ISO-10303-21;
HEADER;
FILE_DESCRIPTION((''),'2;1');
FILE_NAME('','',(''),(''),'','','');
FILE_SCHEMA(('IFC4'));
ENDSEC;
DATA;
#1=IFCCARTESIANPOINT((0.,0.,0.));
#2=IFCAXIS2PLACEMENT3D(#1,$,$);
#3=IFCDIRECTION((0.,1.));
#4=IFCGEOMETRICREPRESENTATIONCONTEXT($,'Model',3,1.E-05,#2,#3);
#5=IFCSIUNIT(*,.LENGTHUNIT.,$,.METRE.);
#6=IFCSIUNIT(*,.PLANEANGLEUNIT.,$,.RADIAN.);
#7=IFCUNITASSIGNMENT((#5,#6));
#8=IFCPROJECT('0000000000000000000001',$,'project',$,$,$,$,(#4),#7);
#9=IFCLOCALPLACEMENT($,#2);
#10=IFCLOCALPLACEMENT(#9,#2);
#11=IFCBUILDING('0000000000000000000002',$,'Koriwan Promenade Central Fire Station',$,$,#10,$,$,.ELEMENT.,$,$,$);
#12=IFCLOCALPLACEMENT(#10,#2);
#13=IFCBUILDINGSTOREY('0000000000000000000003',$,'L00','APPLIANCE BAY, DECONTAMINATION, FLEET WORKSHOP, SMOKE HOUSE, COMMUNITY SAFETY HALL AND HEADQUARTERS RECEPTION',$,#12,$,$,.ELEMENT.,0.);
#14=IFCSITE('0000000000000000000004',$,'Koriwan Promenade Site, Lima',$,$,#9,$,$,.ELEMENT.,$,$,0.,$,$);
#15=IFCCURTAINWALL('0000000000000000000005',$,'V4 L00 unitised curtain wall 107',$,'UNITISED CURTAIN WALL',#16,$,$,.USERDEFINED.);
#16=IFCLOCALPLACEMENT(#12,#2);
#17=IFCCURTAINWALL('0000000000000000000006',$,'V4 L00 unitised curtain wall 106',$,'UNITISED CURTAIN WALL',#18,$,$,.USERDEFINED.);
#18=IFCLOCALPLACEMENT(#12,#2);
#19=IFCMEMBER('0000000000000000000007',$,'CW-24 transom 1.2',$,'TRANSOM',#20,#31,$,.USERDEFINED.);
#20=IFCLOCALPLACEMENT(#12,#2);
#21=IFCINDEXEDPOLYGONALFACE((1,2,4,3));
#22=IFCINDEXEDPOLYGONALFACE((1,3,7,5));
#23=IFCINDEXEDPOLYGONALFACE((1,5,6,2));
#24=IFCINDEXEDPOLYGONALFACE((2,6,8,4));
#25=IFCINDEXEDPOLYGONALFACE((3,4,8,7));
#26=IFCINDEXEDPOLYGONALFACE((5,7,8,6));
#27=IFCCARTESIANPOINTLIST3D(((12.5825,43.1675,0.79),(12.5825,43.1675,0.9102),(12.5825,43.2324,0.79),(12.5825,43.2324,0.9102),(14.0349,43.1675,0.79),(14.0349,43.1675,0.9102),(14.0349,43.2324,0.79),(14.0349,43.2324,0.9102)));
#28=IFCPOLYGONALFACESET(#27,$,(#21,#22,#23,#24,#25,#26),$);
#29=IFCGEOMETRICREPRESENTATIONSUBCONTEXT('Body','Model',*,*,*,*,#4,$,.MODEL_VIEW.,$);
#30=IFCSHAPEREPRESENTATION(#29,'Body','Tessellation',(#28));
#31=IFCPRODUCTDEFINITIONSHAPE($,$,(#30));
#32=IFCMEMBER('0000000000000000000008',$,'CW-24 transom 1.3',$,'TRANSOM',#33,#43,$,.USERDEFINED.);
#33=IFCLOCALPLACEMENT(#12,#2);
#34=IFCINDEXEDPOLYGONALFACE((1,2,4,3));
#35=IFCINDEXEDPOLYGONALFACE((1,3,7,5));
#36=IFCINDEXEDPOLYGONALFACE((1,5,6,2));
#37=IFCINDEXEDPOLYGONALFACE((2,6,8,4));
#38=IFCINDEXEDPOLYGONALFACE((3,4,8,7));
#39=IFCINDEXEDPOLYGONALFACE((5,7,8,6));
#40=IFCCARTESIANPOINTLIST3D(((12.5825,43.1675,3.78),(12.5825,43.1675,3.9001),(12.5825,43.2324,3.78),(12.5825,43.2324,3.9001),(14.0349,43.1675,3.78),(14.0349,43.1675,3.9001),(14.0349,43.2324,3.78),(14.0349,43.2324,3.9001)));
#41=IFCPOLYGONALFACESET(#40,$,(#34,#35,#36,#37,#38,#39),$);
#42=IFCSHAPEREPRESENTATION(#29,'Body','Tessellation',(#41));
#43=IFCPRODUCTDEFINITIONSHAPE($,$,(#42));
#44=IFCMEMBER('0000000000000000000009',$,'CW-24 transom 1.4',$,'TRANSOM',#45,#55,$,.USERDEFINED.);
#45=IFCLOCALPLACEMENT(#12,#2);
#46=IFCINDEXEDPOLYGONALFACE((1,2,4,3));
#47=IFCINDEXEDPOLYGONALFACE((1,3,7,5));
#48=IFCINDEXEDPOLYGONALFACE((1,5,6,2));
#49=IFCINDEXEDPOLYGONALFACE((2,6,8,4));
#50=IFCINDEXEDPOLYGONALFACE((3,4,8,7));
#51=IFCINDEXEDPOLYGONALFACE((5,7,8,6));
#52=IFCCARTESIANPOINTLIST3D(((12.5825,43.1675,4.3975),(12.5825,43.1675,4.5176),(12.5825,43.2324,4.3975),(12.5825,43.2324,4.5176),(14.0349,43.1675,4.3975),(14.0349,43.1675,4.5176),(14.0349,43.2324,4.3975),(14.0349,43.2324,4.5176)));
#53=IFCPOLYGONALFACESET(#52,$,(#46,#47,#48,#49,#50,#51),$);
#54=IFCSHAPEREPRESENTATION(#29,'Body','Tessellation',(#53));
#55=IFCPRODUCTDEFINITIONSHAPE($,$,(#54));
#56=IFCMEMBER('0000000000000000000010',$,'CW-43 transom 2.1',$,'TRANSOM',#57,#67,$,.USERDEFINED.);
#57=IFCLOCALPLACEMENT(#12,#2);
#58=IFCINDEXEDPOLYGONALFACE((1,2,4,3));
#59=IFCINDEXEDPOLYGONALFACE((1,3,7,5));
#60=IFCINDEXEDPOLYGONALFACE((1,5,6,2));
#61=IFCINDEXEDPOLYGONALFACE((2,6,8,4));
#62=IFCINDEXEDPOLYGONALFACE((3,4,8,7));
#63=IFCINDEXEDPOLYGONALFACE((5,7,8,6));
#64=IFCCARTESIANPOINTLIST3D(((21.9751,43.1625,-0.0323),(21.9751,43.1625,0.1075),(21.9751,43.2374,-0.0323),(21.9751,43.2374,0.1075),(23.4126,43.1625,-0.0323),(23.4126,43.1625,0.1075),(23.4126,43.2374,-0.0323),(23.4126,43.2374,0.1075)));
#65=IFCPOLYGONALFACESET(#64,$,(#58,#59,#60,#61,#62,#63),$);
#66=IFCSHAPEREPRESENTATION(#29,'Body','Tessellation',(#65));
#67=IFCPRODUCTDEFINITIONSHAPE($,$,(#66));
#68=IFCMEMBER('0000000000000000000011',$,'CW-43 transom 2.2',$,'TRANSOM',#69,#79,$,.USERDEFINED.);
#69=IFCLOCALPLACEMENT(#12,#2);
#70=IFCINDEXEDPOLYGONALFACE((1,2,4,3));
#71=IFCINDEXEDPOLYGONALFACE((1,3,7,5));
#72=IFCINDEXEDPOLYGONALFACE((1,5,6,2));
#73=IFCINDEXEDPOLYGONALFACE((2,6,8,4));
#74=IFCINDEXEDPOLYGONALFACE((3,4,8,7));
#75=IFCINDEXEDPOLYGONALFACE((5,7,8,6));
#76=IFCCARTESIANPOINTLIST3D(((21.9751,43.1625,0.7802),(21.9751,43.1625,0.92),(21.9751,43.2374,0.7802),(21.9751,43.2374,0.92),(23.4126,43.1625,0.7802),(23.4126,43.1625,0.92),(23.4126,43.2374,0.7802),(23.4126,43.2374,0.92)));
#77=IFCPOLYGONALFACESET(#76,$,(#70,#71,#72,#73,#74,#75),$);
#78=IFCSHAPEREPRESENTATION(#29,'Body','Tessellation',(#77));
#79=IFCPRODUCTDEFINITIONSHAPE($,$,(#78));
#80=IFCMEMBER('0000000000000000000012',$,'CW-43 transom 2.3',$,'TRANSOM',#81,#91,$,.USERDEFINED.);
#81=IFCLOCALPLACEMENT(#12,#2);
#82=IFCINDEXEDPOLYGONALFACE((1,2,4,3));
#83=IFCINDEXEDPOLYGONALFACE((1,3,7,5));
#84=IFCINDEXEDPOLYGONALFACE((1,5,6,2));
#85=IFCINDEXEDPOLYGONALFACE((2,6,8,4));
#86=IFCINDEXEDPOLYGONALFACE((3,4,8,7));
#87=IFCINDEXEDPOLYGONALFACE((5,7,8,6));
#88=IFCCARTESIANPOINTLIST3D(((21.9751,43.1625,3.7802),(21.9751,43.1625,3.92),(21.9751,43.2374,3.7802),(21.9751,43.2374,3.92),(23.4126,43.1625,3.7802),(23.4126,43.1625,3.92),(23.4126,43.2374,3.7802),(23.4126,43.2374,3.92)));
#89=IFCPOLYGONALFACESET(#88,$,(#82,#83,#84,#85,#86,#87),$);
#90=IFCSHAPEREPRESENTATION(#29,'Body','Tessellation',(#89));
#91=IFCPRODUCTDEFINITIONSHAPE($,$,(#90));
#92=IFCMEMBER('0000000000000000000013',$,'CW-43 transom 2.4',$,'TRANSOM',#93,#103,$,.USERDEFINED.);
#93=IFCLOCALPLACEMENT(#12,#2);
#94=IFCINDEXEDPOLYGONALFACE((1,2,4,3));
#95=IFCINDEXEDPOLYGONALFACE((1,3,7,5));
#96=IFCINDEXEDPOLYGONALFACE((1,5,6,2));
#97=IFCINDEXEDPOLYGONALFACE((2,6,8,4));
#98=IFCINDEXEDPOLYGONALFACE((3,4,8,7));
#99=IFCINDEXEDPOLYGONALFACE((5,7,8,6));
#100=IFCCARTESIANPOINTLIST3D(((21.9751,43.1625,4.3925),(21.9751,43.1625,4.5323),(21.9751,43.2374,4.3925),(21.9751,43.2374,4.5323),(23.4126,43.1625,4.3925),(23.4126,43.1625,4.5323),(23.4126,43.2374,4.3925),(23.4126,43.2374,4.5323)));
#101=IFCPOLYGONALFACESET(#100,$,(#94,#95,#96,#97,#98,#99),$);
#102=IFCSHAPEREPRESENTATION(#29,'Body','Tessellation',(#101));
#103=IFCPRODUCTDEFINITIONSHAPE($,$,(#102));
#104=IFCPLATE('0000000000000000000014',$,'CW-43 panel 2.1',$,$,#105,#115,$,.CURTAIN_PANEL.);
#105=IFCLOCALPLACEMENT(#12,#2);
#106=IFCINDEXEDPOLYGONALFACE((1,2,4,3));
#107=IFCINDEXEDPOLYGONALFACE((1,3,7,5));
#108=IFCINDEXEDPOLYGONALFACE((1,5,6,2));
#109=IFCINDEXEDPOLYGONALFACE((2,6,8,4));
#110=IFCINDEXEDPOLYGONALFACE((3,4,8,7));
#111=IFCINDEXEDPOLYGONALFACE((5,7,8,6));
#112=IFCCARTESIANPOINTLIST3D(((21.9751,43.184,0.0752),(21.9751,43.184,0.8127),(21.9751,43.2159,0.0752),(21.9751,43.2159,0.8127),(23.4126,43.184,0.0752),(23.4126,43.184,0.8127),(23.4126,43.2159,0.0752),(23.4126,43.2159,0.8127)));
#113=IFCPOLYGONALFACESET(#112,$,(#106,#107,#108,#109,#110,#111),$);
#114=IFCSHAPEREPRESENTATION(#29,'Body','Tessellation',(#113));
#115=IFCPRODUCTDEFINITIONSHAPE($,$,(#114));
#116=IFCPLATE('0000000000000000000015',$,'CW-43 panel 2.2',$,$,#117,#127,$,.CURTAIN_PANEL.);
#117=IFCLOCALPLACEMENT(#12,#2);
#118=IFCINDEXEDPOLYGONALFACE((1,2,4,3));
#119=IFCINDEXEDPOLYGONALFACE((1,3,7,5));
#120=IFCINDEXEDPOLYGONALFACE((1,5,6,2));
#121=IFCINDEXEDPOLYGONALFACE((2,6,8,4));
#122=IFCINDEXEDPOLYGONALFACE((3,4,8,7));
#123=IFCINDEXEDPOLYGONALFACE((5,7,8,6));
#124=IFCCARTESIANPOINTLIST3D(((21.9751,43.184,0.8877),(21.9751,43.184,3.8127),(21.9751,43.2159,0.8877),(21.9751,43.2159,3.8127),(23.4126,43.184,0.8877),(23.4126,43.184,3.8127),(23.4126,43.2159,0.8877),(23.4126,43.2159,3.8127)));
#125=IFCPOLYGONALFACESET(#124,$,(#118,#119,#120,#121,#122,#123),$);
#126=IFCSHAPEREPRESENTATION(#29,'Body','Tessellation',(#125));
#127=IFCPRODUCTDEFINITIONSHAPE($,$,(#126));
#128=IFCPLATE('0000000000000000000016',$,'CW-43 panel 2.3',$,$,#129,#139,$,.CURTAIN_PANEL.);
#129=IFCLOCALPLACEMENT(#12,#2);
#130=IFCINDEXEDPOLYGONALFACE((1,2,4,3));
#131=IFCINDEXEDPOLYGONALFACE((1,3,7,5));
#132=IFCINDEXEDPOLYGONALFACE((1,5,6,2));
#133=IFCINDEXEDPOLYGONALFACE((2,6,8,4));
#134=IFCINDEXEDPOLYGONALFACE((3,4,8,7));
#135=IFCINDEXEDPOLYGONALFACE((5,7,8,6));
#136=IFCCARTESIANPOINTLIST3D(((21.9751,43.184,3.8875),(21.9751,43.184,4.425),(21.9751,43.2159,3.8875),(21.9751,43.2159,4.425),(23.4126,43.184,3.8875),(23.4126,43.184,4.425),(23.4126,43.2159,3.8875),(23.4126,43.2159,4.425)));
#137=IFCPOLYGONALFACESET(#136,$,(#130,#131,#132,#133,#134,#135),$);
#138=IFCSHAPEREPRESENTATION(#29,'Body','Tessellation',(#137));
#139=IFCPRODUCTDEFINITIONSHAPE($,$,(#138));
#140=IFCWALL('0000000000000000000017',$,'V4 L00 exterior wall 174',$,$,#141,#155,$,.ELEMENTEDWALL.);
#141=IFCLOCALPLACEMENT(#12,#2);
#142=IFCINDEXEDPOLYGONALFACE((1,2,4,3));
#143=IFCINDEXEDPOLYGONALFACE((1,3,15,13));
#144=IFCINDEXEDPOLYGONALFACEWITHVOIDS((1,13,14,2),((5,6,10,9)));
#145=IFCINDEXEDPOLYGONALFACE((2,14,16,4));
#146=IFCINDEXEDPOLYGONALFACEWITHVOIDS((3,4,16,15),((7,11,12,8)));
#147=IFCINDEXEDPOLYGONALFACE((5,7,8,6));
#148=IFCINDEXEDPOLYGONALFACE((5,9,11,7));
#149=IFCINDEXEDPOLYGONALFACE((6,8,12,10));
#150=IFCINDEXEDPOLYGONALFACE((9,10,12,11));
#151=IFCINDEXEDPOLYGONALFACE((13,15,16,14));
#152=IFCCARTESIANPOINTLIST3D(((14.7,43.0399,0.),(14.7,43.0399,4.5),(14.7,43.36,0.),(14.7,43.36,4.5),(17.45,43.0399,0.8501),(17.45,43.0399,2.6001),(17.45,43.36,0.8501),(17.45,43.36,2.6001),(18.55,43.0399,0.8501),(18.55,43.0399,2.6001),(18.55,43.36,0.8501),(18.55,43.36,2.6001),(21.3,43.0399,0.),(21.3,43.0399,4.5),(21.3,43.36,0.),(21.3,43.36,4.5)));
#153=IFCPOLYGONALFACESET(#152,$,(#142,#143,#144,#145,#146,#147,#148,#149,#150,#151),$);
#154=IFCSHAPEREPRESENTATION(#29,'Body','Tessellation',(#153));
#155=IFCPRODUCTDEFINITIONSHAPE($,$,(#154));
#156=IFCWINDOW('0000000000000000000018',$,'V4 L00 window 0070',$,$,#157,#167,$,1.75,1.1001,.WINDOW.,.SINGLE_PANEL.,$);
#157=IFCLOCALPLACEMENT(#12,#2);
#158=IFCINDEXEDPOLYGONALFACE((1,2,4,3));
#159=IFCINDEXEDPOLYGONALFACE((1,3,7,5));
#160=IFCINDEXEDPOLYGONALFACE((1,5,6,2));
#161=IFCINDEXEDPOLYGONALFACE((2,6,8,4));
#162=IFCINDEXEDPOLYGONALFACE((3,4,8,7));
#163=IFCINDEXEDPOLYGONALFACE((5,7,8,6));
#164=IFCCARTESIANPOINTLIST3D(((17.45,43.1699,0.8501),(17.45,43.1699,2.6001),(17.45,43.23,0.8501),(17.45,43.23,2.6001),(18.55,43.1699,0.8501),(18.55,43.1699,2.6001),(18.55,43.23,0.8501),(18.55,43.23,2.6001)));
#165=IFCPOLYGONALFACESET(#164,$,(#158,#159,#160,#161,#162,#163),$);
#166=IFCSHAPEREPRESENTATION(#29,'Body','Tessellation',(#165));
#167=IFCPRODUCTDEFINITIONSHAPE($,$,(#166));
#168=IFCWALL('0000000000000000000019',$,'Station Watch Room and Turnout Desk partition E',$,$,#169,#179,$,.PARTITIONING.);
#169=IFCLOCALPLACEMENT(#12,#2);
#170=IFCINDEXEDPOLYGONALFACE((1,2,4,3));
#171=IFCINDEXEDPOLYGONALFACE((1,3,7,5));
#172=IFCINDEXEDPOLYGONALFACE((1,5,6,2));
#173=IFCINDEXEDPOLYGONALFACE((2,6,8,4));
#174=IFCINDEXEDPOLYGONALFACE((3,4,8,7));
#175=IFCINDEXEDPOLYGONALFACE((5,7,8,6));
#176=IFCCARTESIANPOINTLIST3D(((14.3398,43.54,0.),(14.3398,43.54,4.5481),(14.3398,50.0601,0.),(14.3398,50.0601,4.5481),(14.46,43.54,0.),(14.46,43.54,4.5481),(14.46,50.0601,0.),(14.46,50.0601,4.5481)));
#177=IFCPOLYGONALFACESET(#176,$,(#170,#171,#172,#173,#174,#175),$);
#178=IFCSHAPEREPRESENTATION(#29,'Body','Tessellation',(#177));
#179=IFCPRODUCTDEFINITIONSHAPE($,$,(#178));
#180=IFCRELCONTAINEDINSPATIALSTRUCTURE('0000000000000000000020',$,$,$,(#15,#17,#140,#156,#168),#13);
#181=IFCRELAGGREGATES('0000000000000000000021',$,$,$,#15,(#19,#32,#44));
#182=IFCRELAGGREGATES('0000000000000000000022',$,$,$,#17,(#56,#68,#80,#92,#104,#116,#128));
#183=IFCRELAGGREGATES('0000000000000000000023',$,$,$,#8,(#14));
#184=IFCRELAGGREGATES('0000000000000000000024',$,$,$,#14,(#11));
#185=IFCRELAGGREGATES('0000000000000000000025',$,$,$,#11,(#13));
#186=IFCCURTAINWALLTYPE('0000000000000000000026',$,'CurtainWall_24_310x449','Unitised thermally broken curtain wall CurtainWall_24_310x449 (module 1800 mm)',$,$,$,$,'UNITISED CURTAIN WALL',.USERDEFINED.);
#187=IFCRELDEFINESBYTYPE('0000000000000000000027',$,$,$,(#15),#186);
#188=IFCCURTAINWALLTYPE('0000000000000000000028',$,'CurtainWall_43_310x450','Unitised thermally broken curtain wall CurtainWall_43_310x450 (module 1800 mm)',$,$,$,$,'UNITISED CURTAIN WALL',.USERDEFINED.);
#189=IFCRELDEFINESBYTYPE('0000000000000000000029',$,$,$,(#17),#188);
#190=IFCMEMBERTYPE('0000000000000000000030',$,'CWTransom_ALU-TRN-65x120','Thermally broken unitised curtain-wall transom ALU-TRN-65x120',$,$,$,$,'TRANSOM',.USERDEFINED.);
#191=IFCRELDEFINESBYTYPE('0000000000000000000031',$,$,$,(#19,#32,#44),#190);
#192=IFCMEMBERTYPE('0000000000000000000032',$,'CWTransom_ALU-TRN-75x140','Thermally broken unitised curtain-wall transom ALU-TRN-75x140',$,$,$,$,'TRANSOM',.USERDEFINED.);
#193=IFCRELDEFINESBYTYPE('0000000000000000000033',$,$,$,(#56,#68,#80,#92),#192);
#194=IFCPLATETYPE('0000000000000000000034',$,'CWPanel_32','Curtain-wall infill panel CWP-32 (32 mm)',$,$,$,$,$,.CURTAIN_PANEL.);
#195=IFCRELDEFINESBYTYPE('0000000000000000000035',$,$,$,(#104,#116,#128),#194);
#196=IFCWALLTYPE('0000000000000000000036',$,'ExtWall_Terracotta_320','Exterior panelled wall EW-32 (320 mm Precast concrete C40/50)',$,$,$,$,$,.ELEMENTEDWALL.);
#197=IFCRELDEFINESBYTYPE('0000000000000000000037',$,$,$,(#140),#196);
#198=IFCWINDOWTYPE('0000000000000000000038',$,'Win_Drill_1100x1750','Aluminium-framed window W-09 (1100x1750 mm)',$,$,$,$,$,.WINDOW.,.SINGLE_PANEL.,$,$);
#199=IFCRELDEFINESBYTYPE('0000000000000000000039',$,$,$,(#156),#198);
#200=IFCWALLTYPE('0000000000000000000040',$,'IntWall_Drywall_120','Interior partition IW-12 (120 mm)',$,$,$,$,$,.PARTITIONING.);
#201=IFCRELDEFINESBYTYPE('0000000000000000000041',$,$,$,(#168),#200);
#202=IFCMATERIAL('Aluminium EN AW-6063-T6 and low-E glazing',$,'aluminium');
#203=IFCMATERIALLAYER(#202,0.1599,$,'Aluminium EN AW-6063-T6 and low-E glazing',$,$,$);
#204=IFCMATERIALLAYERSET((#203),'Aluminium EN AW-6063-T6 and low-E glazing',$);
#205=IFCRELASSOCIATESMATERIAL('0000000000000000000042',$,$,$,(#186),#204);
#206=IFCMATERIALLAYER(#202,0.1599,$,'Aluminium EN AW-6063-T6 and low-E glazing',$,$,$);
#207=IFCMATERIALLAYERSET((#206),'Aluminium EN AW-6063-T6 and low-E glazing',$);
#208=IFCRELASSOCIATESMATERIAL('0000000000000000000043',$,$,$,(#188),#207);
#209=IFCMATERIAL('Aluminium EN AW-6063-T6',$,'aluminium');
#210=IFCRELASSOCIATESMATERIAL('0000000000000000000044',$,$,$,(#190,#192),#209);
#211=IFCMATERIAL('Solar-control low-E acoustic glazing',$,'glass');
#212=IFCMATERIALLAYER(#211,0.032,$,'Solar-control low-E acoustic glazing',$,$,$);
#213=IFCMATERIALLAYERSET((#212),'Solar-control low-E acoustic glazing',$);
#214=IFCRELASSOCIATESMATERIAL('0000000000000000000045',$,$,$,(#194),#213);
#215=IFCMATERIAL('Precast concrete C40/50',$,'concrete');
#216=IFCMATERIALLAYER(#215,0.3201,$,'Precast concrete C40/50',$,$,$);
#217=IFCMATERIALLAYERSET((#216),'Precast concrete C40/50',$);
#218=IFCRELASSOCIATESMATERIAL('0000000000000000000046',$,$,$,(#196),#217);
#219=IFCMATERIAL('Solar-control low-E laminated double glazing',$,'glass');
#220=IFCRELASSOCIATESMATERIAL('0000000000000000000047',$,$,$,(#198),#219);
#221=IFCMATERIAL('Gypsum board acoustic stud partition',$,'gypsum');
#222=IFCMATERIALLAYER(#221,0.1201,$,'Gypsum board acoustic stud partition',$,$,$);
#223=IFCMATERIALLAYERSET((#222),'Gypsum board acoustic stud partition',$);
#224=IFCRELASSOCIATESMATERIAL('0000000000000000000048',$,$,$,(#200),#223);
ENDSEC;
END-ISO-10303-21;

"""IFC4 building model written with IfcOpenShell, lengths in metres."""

from ifc_helpers import new_model, si_unit, direction, frame, frame_2d, origin, origin_2d, place, context, subcontext, project, spatial, rectangle, extrude, material, layer, layer_set, material_profile, profile_set, type_object, element, fill, aggregate, save


model = new_model("IFC4")

# Units and contexts
model_context = context("Model", 3, precision=1e-05, world=origin(), true_north=direction((0.0, 1.0)))
body_context = subcontext(model_context, "Body", "Model", "MODEL_VIEW")
ifc_project = project(units=[si_unit("LENGTHUNIT", "METRE"), si_unit("PLANEANGLEUNIT", "RADIAN")], contexts=[model_context])

# Site, building, storey
site_placement = place(None, origin())
site = spatial("IfcSite", under=ifc_project, at=site_placement, Name="Koriwan Promenade Site, Lima", CompositionType="ELEMENT", RefElevation=0.0)
building_placement = place(site_placement, origin())
building = spatial("IfcBuilding", under=site, at=building_placement, Name="Koriwan Promenade Central Fire Station", CompositionType="ELEMENT")
storey_placement = place(building_placement, origin())
storey = spatial("IfcBuildingStorey", under=building, at=storey_placement, Name="L00", Description="APPLIANCE BAY, DECONTAMINATION, FLEET WORKSHOP, SMOKE HOUSE, COMMUNITY SAFETY HALL AND HEADQUARTERS RECEPTION", CompositionType="ELEMENT", Elevation=0.0)

# Curtain wall
ifc_material_1 = material(Name="Aluminium EN AW-6063-T6 and low-E glazing", Category="aluminium")
ifc_layer_1 = layer(ifc_material_1, 0.1599, Name="Aluminium EN AW-6063-T6 and low-E glazing")
ifc_layer_set_1 = layer_set([ifc_layer_1], Name="Aluminium EN AW-6063-T6 and low-E glazing")
curtain_wall_type_1 = type_object("IfcCurtainWallType", Name="CurtainWall_24_310x449", Description="Unitised thermally broken curtain wall CurtainWall_24_310x449 (module 1800 mm)", ElementType="UNITISED CURTAIN WALL", PredefinedType="USERDEFINED", material=ifc_layer_set_1)
curtain_wall_1_placement = place(storey_placement, origin())
curtain_wall_1 = element("IfcCurtainWall", 1, at=curtain_wall_1_placement, inside=storey, type_object=curtain_wall_type_1, Name="V4 L00 unitised curtain wall 107", ObjectType="UNITISED CURTAIN WALL", PredefinedType="USERDEFINED")
ifc_material_2 = material(Name="Aluminium EN AW-6063-T6", Category="aluminium")

# Curtain wall
ifc_layer_2 = layer(ifc_material_1, 0.1599, Name="Aluminium EN AW-6063-T6 and low-E glazing")
ifc_layer_set_2 = layer_set([ifc_layer_2], Name="Aluminium EN AW-6063-T6 and low-E glazing")
curtain_wall_type_2 = type_object("IfcCurtainWallType", Name="CurtainWall_43_310x450", Description="Unitised thermally broken curtain wall CurtainWall_43_310x450 (module 1800 mm)", ElementType="UNITISED CURTAIN WALL", PredefinedType="USERDEFINED", material=ifc_layer_set_2)
curtain_wall_2_placement = place(storey_placement, origin())
curtain_wall_2 = element("IfcCurtainWall", 2, at=curtain_wall_2_placement, inside=storey, type_object=curtain_wall_type_2, Name="V4 L00 unitised curtain wall 106", ObjectType="UNITISED CURTAIN WALL", PredefinedType="USERDEFINED")

# Members
ifc_material_profile_1 = material_profile(ifc_material_2, rectangle(XDim=0.0649, YDim=0.1201, at=origin_2d()), Name="ALU-TRN-65x120")
ifc_profile_set_1 = profile_set([ifc_material_profile_1], Name="Aluminium EN AW-6063-T6")
member_type_1 = type_object("IfcMemberType", Name="CWTransom_ALU-TRN-65x120", Description="Thermally broken unitised curtain-wall transom ALU-TRN-65x120", ElementType="TRANSOM", PredefinedType="USERDEFINED", material=ifc_profile_set_1)
member_1_placement = place(storey_placement, frame((14.0349, 43.2, 0.8501), z_axis=(-1.0, 0.0, 0.0), x_axis=(0.0, -1.0, 0.0)))
member_1 = element("IfcMember", 3, at=member_1_placement, type_object=member_type_1, Name="CW-24 transom 1.2", ObjectType="TRANSOM", PredefinedType="USERDEFINED", context=body_context, shape_type="SweptSolid", body=[
    extrude(rectangle(XDim=0.0649, YDim=0.1201, at=origin_2d()), origin(), (0.0, 0.0, 1.0), 1.4524),
])
member_2_placement = place(storey_placement, frame((14.0349, 43.2, 3.8401), z_axis=(-1.0, 0.0, 0.0), x_axis=(0.0, -1.0, 0.0)))
member_2 = element("IfcMember", 4, at=member_2_placement, type_object=member_type_1, Name="CW-24 transom 1.3", ObjectType="TRANSOM", PredefinedType="USERDEFINED", context=body_context, shape_type="SweptSolid", body=[
    extrude(rectangle(XDim=0.0649, YDim=0.1201, at=origin_2d()), origin(), (0.0, 0.0, 1.0), 1.4524),
])
member_3_placement = place(storey_placement, frame((14.0349, 43.2, 4.4575), z_axis=(-1.0, 0.0, 0.0), x_axis=(0.0, -1.0, 0.0)))
member_3 = element("IfcMember", 5, at=member_3_placement, type_object=member_type_1, Name="CW-24 transom 1.4", ObjectType="TRANSOM", PredefinedType="USERDEFINED", context=body_context, shape_type="SweptSolid", body=[
    extrude(rectangle(XDim=0.0649, YDim=0.1201, at=origin_2d()), origin(), (0.0, 0.0, 1.0), 1.4524),
])
aggregate(curtain_wall_1, [member_1, member_2, member_3])
ifc_material_profile_2 = material_profile(ifc_material_2, rectangle(XDim=0.075, YDim=0.1399, at=origin_2d()), Name="ALU-TRN-75x140")
ifc_profile_set_2 = profile_set([ifc_material_profile_2], Name="Aluminium EN AW-6063-T6")
member_type_2 = type_object("IfcMemberType", Name="CWTransom_ALU-TRN-75x140", Description="Thermally broken unitised curtain-wall transom ALU-TRN-75x140", ElementType="TRANSOM", PredefinedType="USERDEFINED", material=ifc_profile_set_2)
member_4_placement = place(storey_placement, frame((23.4126, 43.2, 0.0376), z_axis=(-1.0, 0.0, 0.0), x_axis=(0.0, -1.0, 0.0)))
member_4 = element("IfcMember", 6, at=member_4_placement, type_object=member_type_2, Name="CW-43 transom 2.1", ObjectType="TRANSOM", PredefinedType="USERDEFINED", context=body_context, shape_type="SweptSolid", body=[
    extrude(rectangle(XDim=0.075, YDim=0.1399, at=origin_2d()), origin(), (0.0, 0.0, 1.0), 1.4375),
])
member_5_placement = place(storey_placement, frame((23.4126, 43.2, 0.8501), z_axis=(-1.0, 0.0, 0.0), x_axis=(0.0, -1.0, 0.0)))
member_5 = element("IfcMember", 7, at=member_5_placement, type_object=member_type_2, Name="CW-43 transom 2.2", ObjectType="TRANSOM", PredefinedType="USERDEFINED", context=body_context, shape_type="SweptSolid", body=[
    extrude(rectangle(XDim=0.075, YDim=0.1399, at=origin_2d()), origin(), (0.0, 0.0, 1.0), 1.4375),
])
member_6_placement = place(storey_placement, frame((23.4126, 43.2, 3.8501), z_axis=(-1.0, 0.0, 0.0), x_axis=(0.0, -1.0, 0.0)))
member_6 = element("IfcMember", 8, at=member_6_placement, type_object=member_type_2, Name="CW-43 transom 2.3", ObjectType="TRANSOM", PredefinedType="USERDEFINED", context=body_context, shape_type="SweptSolid", body=[
    extrude(rectangle(XDim=0.075, YDim=0.1399, at=origin_2d()), origin(), (0.0, 0.0, 1.0), 1.4375),
])
member_7_placement = place(storey_placement, frame((23.4126, 43.2, 4.4624), z_axis=(-1.0, 0.0, 0.0), x_axis=(0.0, -1.0, 0.0)))
member_7 = element("IfcMember", 9, at=member_7_placement, type_object=member_type_2, Name="CW-43 transom 2.4", ObjectType="TRANSOM", PredefinedType="USERDEFINED", context=body_context, shape_type="SweptSolid", body=[
    extrude(rectangle(XDim=0.075, YDim=0.1399, at=origin_2d()), origin(), (0.0, 0.0, 1.0), 1.4375),
])

# Plates
ifc_material_3 = material(Name="Solar-control low-E acoustic glazing", Category="glass")
ifc_layer_3 = layer(ifc_material_3, 0.032, Name="Solar-control low-E acoustic glazing")
ifc_layer_set_3 = layer_set([ifc_layer_3], Name="Solar-control low-E acoustic glazing")
plate_type = type_object("IfcPlateType", Name="CWPanel_32", Description="Curtain-wall infill panel CWP-32 (32 mm)", PredefinedType="CURTAIN_PANEL", material=ifc_layer_set_3)
plate_1_placement = place(storey_placement, frame((22.6938, 43.2, 0.0752), z_axis=(0.0, 0.0, 1.0), x_axis=(-1.0, 0.0, 0.0)))
plate_1 = element("IfcPlate", 10, at=plate_1_placement, type_object=plate_type, Name="CW-43 panel 2.1", PredefinedType="CURTAIN_PANEL", context=body_context, shape_type="SweptSolid", body=[
    extrude(rectangle(XDim=1.4375, YDim=0.032, at=origin_2d()), origin(), (0.0, 0.0, 1.0), 0.7375),
])
plate_2_placement = place(storey_placement, frame((22.6938, 43.2, 0.8877), z_axis=(0.0, 0.0, 1.0), x_axis=(-1.0, 0.0, 0.0)))
plate_2 = element("IfcPlate", 11, at=plate_2_placement, type_object=plate_type, Name="CW-43 panel 2.2", PredefinedType="CURTAIN_PANEL", context=body_context, shape_type="SweptSolid", body=[
    extrude(rectangle(XDim=1.4375, YDim=0.032, at=origin_2d()), origin(), (0.0, 0.0, 1.0), 2.925),
])
plate_3_placement = place(storey_placement, frame((22.6938, 43.2, 3.8875), z_axis=(0.0, 0.0, 1.0), x_axis=(-1.0, 0.0, 0.0)))
plate_3 = element("IfcPlate", 12, at=plate_3_placement, type_object=plate_type, Name="CW-43 panel 2.3", PredefinedType="CURTAIN_PANEL", context=body_context, shape_type="SweptSolid", body=[
    extrude(rectangle(XDim=1.4375, YDim=0.032, at=origin_2d()), origin(), (0.0, 0.0, 1.0), 0.5376),
])
aggregate(curtain_wall_2, [member_4, member_5, member_6, member_7, plate_1, plate_2, plate_3])

# Wall, opening, window
ifc_material_4 = material(Name="Precast concrete C40/50", Category="concrete")
ifc_layer_4 = layer(ifc_material_4, 0.3201, Name="Precast concrete C40/50")
ifc_layer_set_4 = layer_set([ifc_layer_4], Name="Precast concrete C40/50")
wall_type_1 = type_object("IfcWallType", Name="ExtWall_Terracotta_320", Description="Exterior panelled wall EW-32 (320 mm Precast concrete C40/50)", PredefinedType="ELEMENTEDWALL", material=ifc_layer_set_4)
wall_1_placement = place(storey_placement, frame((21.3, 43.2, 0.0), z_axis=(0.0, 0.0, 1.0), x_axis=(-1.0, 0.0, 0.0)))
wall_1 = element("IfcWall", 13, at=wall_1_placement, inside=storey, type_object=wall_type_1, Name="V4 L00 exterior wall 174", PredefinedType="ELEMENTEDWALL", context=body_context, shape_type="SweptSolid", body=[
    extrude(rectangle(XDim=6.6001, YDim=0.3201, at=frame_2d((3.3, 0.0))), origin(), (0.0, 0.0, 1.0), 4.5),
])
opening_placement = place(wall_1_placement, frame((2.75, 0.0, 0.8501)))
opening = element("IfcOpeningElement", 14, at=opening_placement, cuts=wall_1, PredefinedType="OPENING", context=body_context, shape_type="SweptSolid", body=[
    extrude(rectangle(XDim=1.1001, YDim=1.75, at=frame_2d((0.55, 0.875))), frame((0.0, 0.1719, 0.0), z_axis=(0.0, -1.0, 0.0), x_axis=(1.0, 0.0, 0.0)), (0.0, 0.0, 1.0), 0.344),
])
ifc_material_5 = material(Name="Solar-control low-E laminated double glazing", Category="glass")
window_type = type_object("IfcWindowType", Name="Win_Drill_1100x1750", Description="Aluminium-framed window W-09 (1100x1750 mm)", PartitioningType="SINGLE_PANEL", PredefinedType="WINDOW", material=ifc_material_5)
window_placement = place(opening_placement, origin())
window = element("IfcWindow", 15, at=window_placement, inside=storey, type_object=window_type, Name="V4 L00 window 0070", OverallHeight=1.75, OverallWidth=1.1001, PartitioningType="SINGLE_PANEL", PredefinedType="WINDOW", context=body_context, shape_type="SweptSolid", body=[
    extrude(rectangle(XDim=1.1001, YDim=1.75, at=frame_2d((0.55, 0.875))), frame((0.0, 0.03, 0.0), z_axis=(0.0, -1.0, 0.0), x_axis=(1.0, 0.0, 0.0)), (0.0, 0.0, 1.0), 0.0601),
])
fill(opening, window)

# Wall
ifc_material_6 = material(Name="Gypsum board acoustic stud partition", Category="gypsum")
ifc_layer_5 = layer(ifc_material_6, 0.1201, Name="Gypsum board acoustic stud partition")
ifc_layer_set_5 = layer_set([ifc_layer_5], Name="Gypsum board acoustic stud partition")
wall_type_2 = type_object("IfcWallType", Name="IntWall_Drywall_120", Description="Interior partition IW-12 (120 mm)", PredefinedType="PARTITIONING", material=ifc_layer_set_5)
wall_2_placement = place(storey_placement, frame((14.3999, 43.54, 0.0), z_axis=(0.0, 0.0, 1.0), x_axis=(0.0, 1.0, 0.0)))
element("IfcWall", 16, at=wall_2_placement, inside=storey, type_object=wall_type_2, Name="Station Watch Room and Turnout Desk partition E", PredefinedType="PARTITIONING", context=body_context, shape_type="SweptSolid", body=[
    extrude(rectangle(XDim=6.52, YDim=0.1201, at=frame_2d((3.26, 0.0))), origin(), (0.0, 0.0, 1.0), 4.5481),
])

save(model, "model.ifc")
